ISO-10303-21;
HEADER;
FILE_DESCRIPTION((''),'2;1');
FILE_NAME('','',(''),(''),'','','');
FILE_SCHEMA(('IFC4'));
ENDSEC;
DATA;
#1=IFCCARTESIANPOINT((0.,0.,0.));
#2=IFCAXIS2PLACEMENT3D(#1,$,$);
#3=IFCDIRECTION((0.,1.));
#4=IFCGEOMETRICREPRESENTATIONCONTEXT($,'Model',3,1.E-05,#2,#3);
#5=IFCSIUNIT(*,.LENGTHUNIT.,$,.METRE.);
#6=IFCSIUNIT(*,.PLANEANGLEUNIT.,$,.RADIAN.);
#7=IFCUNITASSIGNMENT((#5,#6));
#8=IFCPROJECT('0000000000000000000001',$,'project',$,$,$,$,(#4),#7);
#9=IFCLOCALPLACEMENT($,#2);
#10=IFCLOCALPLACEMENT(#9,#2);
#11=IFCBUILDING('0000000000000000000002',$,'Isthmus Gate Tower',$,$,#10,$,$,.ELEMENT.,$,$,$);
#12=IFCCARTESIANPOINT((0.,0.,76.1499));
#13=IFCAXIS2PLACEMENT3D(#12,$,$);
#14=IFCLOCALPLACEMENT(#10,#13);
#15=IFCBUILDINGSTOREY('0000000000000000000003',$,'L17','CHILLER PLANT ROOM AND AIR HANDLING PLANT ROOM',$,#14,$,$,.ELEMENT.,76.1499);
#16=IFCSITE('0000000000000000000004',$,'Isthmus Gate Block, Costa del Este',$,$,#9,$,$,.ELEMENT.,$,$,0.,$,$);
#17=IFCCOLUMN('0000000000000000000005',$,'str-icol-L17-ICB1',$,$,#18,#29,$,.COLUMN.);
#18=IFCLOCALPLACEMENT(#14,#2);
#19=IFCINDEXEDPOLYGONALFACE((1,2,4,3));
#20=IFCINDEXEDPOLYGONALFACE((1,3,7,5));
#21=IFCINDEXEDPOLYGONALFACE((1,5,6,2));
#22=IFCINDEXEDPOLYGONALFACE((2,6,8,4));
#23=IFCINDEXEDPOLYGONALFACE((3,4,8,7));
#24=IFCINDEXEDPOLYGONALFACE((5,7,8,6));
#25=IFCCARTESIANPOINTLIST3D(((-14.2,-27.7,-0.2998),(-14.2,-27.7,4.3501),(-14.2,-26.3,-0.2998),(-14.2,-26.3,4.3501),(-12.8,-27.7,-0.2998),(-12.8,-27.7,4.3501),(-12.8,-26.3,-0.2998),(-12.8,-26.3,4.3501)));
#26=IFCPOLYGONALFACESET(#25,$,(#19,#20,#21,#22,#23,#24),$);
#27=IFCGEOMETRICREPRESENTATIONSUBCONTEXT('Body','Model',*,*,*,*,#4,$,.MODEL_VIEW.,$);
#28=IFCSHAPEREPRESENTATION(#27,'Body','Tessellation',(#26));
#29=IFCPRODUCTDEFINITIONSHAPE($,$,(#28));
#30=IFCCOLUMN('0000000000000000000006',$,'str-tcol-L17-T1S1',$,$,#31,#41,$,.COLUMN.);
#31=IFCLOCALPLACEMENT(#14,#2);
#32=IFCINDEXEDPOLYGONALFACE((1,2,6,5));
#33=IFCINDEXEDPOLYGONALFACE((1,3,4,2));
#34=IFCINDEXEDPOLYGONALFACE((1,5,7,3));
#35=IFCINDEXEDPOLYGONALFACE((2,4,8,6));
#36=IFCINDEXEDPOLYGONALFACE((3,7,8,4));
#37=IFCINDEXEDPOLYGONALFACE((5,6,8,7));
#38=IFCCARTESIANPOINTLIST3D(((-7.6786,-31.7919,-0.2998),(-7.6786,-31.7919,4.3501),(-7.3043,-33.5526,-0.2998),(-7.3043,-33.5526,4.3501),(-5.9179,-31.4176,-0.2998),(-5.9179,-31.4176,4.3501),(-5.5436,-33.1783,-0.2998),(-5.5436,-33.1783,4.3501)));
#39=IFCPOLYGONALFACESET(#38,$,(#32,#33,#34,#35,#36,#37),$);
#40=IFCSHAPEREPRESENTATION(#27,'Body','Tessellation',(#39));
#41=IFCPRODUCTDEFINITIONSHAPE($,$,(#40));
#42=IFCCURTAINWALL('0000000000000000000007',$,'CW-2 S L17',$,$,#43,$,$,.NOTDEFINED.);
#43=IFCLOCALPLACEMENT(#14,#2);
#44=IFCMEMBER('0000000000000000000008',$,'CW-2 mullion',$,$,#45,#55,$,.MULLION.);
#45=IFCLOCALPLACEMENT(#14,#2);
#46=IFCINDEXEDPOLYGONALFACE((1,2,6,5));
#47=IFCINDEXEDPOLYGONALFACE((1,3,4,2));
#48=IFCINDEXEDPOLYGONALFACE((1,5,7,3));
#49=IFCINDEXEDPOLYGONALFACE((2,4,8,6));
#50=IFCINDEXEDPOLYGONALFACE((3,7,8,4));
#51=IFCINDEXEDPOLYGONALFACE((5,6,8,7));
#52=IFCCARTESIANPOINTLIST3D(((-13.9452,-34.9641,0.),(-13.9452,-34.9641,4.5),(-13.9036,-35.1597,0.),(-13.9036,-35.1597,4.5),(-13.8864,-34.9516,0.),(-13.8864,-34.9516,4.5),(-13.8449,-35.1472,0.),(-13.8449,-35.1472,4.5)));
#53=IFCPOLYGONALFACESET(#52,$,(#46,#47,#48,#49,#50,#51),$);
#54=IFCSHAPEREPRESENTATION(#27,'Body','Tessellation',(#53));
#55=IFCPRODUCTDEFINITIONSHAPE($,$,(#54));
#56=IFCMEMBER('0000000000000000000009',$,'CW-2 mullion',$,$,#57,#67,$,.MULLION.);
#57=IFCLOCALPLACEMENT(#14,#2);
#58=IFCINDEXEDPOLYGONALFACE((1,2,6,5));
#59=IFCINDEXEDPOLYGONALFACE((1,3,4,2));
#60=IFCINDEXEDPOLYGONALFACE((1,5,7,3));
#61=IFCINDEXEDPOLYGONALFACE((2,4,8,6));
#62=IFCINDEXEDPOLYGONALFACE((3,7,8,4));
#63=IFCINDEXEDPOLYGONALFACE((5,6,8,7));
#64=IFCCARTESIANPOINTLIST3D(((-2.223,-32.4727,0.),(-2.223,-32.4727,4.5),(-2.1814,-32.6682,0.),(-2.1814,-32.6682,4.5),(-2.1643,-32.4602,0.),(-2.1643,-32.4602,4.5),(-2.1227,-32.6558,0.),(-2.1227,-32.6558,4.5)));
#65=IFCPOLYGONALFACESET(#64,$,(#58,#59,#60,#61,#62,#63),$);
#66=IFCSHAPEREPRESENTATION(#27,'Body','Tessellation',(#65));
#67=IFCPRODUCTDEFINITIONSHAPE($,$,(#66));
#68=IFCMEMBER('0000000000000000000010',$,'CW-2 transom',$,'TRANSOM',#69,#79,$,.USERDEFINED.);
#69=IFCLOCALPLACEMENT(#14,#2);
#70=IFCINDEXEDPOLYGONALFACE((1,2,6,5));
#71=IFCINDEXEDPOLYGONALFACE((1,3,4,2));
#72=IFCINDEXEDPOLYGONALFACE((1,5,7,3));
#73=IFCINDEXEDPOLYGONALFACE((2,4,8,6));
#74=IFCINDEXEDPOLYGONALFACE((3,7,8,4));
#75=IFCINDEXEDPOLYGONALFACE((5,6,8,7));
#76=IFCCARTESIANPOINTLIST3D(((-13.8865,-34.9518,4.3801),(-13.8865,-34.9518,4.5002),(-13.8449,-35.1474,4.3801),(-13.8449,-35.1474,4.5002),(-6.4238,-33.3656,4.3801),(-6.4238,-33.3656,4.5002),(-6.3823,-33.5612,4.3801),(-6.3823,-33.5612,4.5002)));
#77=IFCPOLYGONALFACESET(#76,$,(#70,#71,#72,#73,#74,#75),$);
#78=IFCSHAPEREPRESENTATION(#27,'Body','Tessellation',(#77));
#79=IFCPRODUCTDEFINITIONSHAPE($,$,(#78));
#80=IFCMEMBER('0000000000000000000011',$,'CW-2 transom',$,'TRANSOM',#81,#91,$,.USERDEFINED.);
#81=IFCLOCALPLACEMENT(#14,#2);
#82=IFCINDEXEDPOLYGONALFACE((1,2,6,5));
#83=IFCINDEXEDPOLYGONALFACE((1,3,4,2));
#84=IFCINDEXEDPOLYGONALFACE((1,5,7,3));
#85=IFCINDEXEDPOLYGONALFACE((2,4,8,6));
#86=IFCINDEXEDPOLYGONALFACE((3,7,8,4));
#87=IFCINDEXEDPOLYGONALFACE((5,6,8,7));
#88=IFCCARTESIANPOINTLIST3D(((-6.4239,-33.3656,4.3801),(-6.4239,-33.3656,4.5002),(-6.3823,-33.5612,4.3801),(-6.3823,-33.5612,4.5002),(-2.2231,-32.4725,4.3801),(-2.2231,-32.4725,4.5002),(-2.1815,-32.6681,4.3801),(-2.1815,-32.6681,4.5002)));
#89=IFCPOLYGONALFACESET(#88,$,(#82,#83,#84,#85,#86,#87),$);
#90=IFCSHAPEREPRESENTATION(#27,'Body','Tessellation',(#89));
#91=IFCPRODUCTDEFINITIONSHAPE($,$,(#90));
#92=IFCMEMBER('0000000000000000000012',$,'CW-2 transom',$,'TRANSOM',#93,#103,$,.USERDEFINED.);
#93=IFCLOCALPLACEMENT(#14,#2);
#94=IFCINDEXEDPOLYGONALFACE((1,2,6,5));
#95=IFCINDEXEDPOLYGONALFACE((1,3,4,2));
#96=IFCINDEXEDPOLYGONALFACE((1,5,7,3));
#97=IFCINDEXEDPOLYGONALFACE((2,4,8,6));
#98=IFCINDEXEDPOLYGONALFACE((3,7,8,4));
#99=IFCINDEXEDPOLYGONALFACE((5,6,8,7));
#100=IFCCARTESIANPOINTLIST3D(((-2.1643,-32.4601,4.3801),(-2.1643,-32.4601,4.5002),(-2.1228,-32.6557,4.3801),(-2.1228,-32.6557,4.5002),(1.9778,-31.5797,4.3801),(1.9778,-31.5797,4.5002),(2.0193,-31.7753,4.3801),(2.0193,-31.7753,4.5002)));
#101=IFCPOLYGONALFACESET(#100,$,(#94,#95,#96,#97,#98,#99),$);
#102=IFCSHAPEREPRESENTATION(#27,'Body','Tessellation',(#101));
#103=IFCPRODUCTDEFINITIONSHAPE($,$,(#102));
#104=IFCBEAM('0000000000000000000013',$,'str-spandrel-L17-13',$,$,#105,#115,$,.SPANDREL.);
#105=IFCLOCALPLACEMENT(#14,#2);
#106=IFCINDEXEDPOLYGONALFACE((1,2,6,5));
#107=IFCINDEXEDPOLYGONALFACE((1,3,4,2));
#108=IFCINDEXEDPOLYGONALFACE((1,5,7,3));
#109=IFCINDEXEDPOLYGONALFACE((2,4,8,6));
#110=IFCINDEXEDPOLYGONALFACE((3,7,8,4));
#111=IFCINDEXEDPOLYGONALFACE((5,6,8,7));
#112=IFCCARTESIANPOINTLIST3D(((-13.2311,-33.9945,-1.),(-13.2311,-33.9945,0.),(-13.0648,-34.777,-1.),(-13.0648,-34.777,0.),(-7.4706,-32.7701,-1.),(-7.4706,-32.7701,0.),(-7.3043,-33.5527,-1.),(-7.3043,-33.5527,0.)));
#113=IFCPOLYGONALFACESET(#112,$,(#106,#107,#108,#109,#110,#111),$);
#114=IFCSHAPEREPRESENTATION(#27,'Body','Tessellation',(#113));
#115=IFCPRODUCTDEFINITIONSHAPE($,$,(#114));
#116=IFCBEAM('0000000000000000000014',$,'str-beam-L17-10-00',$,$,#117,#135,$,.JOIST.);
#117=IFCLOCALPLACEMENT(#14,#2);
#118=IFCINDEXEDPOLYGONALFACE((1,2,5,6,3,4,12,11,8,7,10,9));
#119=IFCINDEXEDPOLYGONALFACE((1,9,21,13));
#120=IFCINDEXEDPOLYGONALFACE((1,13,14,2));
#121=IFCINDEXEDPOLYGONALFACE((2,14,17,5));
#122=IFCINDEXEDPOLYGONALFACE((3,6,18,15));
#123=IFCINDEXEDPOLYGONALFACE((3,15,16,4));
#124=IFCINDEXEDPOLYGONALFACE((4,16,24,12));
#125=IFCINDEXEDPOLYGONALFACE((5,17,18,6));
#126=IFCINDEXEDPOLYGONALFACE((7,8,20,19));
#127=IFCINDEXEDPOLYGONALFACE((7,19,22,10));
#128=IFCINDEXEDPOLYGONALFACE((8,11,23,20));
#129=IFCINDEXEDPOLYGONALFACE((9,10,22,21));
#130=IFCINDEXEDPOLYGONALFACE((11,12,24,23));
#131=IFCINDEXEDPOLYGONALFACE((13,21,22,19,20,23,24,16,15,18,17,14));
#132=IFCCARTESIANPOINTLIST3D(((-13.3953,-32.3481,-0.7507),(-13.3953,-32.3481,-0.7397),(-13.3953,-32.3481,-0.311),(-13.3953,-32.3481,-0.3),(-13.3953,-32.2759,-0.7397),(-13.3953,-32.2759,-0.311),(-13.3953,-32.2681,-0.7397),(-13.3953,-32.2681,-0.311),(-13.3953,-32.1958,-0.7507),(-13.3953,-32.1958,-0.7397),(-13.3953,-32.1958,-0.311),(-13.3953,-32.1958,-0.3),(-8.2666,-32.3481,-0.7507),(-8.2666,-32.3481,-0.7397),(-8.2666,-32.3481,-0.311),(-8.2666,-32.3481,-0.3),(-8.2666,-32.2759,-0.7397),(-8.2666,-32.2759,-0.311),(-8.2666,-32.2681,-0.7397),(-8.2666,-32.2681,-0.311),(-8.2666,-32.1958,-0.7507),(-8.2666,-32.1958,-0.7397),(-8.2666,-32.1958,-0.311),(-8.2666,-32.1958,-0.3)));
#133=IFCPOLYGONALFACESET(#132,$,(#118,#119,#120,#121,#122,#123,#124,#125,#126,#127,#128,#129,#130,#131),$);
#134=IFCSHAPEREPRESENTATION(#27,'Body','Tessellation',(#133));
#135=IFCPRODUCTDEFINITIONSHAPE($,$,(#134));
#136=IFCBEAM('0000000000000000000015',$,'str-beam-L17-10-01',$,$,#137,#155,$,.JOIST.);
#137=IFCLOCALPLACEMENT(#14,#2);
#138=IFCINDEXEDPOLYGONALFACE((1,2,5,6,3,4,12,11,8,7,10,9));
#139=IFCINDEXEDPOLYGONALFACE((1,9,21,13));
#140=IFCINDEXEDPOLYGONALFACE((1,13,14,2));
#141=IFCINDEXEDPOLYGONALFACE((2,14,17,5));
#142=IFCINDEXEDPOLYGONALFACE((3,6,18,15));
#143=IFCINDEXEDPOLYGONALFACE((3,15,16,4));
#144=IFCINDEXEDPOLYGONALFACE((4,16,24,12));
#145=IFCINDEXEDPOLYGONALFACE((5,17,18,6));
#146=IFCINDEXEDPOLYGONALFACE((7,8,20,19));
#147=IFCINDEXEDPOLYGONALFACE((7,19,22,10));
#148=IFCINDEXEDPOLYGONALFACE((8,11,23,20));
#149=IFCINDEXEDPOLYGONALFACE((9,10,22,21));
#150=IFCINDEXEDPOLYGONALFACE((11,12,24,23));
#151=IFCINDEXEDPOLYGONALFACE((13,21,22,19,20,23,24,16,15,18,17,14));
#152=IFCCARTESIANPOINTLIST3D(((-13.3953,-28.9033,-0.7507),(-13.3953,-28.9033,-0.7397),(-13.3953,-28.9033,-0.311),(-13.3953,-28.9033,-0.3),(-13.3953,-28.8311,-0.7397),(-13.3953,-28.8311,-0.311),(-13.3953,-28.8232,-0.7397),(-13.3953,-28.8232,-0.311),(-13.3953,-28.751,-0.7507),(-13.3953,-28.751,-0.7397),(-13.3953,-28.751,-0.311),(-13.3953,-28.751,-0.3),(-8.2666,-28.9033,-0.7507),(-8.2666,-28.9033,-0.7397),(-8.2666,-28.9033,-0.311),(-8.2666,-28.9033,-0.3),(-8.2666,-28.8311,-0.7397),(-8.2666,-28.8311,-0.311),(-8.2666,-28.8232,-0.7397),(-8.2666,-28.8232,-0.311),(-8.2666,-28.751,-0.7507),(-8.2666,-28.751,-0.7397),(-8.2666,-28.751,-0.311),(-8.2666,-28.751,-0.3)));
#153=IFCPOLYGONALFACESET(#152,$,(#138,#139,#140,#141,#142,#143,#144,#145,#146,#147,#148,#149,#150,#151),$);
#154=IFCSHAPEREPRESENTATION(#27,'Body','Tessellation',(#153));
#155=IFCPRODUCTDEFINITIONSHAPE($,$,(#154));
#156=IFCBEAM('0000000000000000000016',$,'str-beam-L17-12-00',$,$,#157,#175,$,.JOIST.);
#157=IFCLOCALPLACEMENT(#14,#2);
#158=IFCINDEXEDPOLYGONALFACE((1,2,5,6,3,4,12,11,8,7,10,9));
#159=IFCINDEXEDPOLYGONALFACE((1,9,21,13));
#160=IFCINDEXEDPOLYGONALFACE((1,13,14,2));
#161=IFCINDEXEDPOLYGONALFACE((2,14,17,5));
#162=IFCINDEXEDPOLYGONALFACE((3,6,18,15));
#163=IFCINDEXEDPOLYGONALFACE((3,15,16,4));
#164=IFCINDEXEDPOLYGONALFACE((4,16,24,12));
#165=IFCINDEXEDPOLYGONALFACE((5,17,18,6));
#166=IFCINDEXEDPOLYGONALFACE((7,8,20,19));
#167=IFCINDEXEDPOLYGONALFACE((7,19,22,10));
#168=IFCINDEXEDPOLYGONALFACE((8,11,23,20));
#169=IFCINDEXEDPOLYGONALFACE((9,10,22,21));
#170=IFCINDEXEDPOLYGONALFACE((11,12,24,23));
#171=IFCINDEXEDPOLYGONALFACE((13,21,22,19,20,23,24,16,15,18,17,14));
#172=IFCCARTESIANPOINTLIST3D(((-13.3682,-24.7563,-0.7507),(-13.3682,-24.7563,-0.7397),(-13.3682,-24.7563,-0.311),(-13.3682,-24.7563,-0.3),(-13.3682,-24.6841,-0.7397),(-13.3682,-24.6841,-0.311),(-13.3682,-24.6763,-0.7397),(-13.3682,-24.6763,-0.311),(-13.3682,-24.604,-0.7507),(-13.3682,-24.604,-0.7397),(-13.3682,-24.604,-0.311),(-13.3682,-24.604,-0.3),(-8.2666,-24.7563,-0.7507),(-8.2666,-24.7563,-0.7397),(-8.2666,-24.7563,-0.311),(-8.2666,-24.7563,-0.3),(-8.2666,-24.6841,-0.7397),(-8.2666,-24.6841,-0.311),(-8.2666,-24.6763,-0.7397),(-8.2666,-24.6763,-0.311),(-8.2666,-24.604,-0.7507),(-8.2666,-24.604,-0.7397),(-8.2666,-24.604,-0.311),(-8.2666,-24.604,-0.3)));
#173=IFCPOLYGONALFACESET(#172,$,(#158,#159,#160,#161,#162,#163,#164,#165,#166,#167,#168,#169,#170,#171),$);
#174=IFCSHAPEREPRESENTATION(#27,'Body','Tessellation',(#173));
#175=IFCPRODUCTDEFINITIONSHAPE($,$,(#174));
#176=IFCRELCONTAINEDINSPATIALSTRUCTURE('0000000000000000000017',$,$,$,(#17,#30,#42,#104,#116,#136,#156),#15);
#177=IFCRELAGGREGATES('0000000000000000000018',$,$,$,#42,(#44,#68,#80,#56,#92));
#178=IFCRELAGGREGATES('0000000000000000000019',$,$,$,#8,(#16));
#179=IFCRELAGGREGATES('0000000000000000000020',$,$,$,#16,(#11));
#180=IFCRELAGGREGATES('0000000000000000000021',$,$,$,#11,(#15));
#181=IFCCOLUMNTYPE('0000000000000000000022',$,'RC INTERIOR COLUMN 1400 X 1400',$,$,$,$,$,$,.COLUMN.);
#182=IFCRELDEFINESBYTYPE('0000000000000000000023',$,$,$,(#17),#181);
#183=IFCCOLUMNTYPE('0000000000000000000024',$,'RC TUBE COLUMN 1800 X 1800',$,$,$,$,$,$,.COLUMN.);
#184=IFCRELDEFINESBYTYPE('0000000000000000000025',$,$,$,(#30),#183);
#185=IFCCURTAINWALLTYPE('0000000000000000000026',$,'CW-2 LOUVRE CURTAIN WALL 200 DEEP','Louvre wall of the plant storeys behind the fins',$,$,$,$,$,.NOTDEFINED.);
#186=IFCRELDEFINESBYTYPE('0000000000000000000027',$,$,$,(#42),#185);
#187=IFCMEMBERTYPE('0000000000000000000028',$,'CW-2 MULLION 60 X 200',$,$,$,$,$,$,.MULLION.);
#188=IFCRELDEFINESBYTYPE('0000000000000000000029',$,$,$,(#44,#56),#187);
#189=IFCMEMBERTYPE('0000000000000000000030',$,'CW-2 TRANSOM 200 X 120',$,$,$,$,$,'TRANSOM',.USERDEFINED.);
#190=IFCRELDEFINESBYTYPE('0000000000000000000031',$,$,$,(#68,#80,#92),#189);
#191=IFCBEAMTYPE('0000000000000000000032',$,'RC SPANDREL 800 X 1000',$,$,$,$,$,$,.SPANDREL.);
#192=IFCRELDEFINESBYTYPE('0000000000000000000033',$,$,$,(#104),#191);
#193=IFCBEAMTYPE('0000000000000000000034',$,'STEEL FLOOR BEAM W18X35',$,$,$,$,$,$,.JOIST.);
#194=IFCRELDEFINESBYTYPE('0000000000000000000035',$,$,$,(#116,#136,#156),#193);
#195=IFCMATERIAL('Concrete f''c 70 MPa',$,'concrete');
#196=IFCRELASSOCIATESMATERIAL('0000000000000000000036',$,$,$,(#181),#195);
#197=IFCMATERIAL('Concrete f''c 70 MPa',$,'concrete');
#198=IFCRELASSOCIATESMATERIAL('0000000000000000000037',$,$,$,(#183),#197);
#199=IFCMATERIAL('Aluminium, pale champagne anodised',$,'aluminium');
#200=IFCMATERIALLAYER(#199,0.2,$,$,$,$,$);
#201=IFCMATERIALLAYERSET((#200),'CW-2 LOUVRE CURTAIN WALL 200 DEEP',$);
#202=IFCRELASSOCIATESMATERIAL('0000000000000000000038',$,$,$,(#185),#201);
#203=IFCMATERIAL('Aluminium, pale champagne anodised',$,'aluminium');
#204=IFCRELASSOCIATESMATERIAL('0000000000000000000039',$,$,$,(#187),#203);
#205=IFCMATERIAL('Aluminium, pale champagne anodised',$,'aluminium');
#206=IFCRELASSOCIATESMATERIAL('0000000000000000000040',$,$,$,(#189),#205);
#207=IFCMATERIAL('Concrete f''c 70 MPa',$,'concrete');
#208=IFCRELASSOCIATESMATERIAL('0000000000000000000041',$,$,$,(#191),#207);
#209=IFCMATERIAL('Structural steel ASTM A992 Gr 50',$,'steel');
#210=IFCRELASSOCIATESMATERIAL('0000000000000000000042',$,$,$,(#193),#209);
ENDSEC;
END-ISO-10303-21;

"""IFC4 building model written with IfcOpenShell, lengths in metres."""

from ifc_helpers import new_model, si_unit, direction, frame, origin, origin_2d, place, context, subcontext, project, spatial, rectangle, i_section, extrude, material, layer, layer_set, material_profile, profile_set, type_object, element, aggregate, save


model = new_model("IFC4")

# Units and contexts
model_context = context("Model", 3, precision=1e-05, world=origin(), true_north=direction((0.0, 1.0)))
body_context = subcontext(model_context, "Body", "Model", "MODEL_VIEW")
ifc_project = project(units=[si_unit("LENGTHUNIT", "METRE"), si_unit("PLANEANGLEUNIT", "RADIAN")], contexts=[model_context])

# Site, building, storey
site_placement = place(None, origin())
site = spatial("IfcSite", under=ifc_project, at=site_placement, Name="Isthmus Gate Block, Costa del Este", CompositionType="ELEMENT", RefElevation=0.0)
building_placement = place(site_placement, origin())
building = spatial("IfcBuilding", under=site, at=building_placement, Name="Isthmus Gate Tower", CompositionType="ELEMENT")
storey_placement = place(building_placement, frame((0.0, 0.0, 76.1499)))
storey = spatial("IfcBuildingStorey", under=building, at=storey_placement, Name="L17", Description="CHILLER PLANT ROOM AND AIR HANDLING PLANT ROOM", CompositionType="ELEMENT", Elevation=76.1499)

# Columns
ifc_material_1 = material(Name="Concrete f'c 70 MPa", Category="concrete")
ifc_material_profile_1 = material_profile(ifc_material_1, rectangle(XDim=1.3999, YDim=1.3999, at=origin_2d()), Name="RC 1400X1400")
ifc_profile_set_1 = profile_set([ifc_material_profile_1], Name="Concrete f'c 70 MPa")
column_type_1 = type_object("IfcColumnType", Name="RC INTERIOR COLUMN 1400 X 1400", PredefinedType="COLUMN", material=ifc_profile_set_1)
column_1_placement = place(storey_placement, frame((-13.5, -27.0, -0.2998), z_axis=(0.0, 0.0, 1.0), x_axis=(1.0, 0.0, 0.0)))
element("IfcColumn", 1, at=column_1_placement, inside=storey, type_object=column_type_1, Name="str-icol-L17-ICB1", PredefinedType="COLUMN", context=body_context, shape_type="SweptSolid", body=[
    extrude(rectangle(XDim=1.3999, YDim=1.3999, at=origin_2d()), origin(), (0.0, 0.0, 1.0), 4.6499),
])
ifc_material_2 = material(Name="Concrete f'c 70 MPa", Category="concrete")
ifc_material_profile_2 = material_profile(ifc_material_2, rectangle(XDim=1.8, YDim=1.8, at=origin_2d()), Name="RC 1800X1800")
ifc_profile_set_2 = profile_set([ifc_material_profile_2], Name="Concrete f'c 70 MPa")
column_type_2 = type_object("IfcColumnType", Name="RC TUBE COLUMN 1800 X 1800", PredefinedType="COLUMN", material=ifc_profile_set_2)
column_2_placement = place(storey_placement, frame((-6.6111, -32.4851, -0.2998), z_axis=(0.0, 0.0, 1.0), x_axis=(0.978148, 0.207912, 0.0)))
element("IfcColumn", 2, at=column_2_placement, inside=storey, type_object=column_type_2, Name="str-tcol-L17-T1S1", PredefinedType="COLUMN", context=body_context, shape_type="SweptSolid", body=[
    extrude(rectangle(XDim=1.8, YDim=1.8, at=origin_2d()), origin(), (0.0, 0.0, 1.0), 4.6499),
])

# Curtain wall, members
ifc_material_3 = material(Name="Aluminium, pale champagne anodised", Category="aluminium")
ifc_layer_1 = layer(ifc_material_3, 0.2)
ifc_layer_set_1 = layer_set([ifc_layer_1], Name="CW-2 LOUVRE CURTAIN WALL 200 DEEP")
curtain_wall_type = type_object("IfcCurtainWallType", Name="CW-2 LOUVRE CURTAIN WALL 200 DEEP", Description="Louvre wall of the plant storeys behind the fins", PredefinedType="NOTDEFINED", material=ifc_layer_set_1)
curtain_wall_placement = place(storey_placement, origin())
curtain_wall = element("IfcCurtainWall", 3, at=curtain_wall_placement, inside=storey, type_object=curtain_wall_type, Name="CW-2 S L17", PredefinedType="NOTDEFINED")
ifc_material_4 = material(Name="Aluminium, pale champagne anodised", Category="aluminium")
ifc_material_profile_3 = material_profile(ifc_material_4, rectangle(XDim=0.0601, YDim=0.2, at=origin_2d()), Name="60x200")
ifc_profile_set_3 = profile_set([ifc_material_profile_3], Name="Aluminium, pale champagne anodised")
member_type_1 = type_object("IfcMemberType", Name="CW-2 MULLION 60 X 200", PredefinedType="MULLION", material=ifc_profile_set_3)
member_1_placement = place(storey_placement, frame((-13.895, -35.0557, 0.0), z_axis=(0.0, 0.0, 1.0), x_axis=(0.978148, 0.207912, 0.0)))
member_1 = element("IfcMember", 4, at=member_1_placement, type_object=member_type_1, Name="CW-2 mullion", PredefinedType="MULLION", context=body_context, shape_type="SweptSolid", body=[
    extrude(rectangle(XDim=0.0601, YDim=0.2, at=origin_2d()), origin(), (0.0, 0.0, 1.0), 4.5),
])
member_2_placement = place(storey_placement, frame((-2.1729, -32.5642, 0.0), z_axis=(0.0, 0.0, 1.0), x_axis=(0.978148, 0.207912, 0.0)))
member_2 = element("IfcMember", 5, at=member_2_placement, type_object=member_type_1, Name="CW-2 mullion", PredefinedType="MULLION", context=body_context, shape_type="SweptSolid", body=[
    extrude(rectangle(XDim=0.0601, YDim=0.2, at=origin_2d()), origin(), (0.0, 0.0, 1.0), 4.5),
])
ifc_material_5 = material(Name="Aluminium, pale champagne anodised", Category="aluminium")
ifc_material_profile_4 = material_profile(ifc_material_5, rectangle(XDim=0.2, YDim=0.1201, at=origin_2d()), Name="200x120")
ifc_profile_set_4 = profile_set([ifc_material_profile_4], Name="Aluminium, pale champagne anodised")
member_type_2 = type_object("IfcMemberType", Name="CW-2 TRANSOM 200 X 120", ElementType="TRANSOM", PredefinedType="USERDEFINED", material=ifc_profile_set_4)
member_3_placement = place(storey_placement, frame((-13.8657, -35.0496, 4.4402), z_axis=(0.978149, 0.207905, 0.0), x_axis=(-0.207905, 0.978149, 0.0)))
member_3 = element("IfcMember", 6, at=member_3_placement, type_object=member_type_2, Name="CW-2 transom", ObjectType="TRANSOM", PredefinedType="USERDEFINED", context=body_context, shape_type="SweptSolid", body=[
    extrude(rectangle(XDim=0.2, YDim=0.1201, at=origin_2d()), origin(), (0.0, 0.0, 1.0), 7.6294),
])
member_4_placement = place(storey_placement, frame((-6.4031, -33.4634, 4.4402), z_axis=(0.978139, 0.207953, 0.0), x_axis=(-0.207953, 0.978139, 0.0)))
member_4 = element("IfcMember", 7, at=member_4_placement, type_object=member_type_2, Name="CW-2 transom", ObjectType="TRANSOM", PredefinedType="USERDEFINED", context=body_context, shape_type="SweptSolid", body=[
    extrude(rectangle(XDim=0.2, YDim=0.1201, at=origin_2d()), origin(), (0.0, 0.0, 1.0), 4.2947),
])
member_5_placement = place(storey_placement, frame((-2.1436, -32.5579, 4.4402), z_axis=(0.97815, 0.207899, 0.0), x_axis=(-0.207899, 0.97815, 0.0)))
member_5 = element("IfcMember", 8, at=member_5_placement, type_object=member_type_2, Name="CW-2 transom", ObjectType="TRANSOM", PredefinedType="USERDEFINED", context=body_context, shape_type="SweptSolid", body=[
    extrude(rectangle(XDim=0.2, YDim=0.1201, at=origin_2d()), origin(), (0.0, 0.0, 1.0), 4.2346),
])

# Beams
ifc_material_6 = material(Name="Concrete f'c 70 MPa", Category="concrete")
ifc_material_profile_5 = material_profile(ifc_material_6, rectangle(XDim=0.8, YDim=1.0, at=origin_2d()), Name="RC 800X1000")
ifc_profile_set_5 = profile_set([ifc_material_profile_5], Name="Concrete f'c 70 MPa")
beam_type_1 = type_object("IfcBeamType", Name="RC SPANDREL 800 X 1000", PredefinedType="SPANDREL", material=ifc_profile_set_5)
beam_1_placement = place(storey_placement, frame((-7.3875, -33.1614, -0.5), z_axis=(-0.97815, -0.207901, 0.0), x_axis=(0.207901, -0.97815, 0.0)))
element("IfcBeam", 9, at=beam_1_placement, inside=storey, type_object=beam_type_1, Name="str-spandrel-L17-13", PredefinedType="SPANDREL", context=body_context, shape_type="SweptSolid", body=[
    extrude(rectangle(XDim=0.8, YDim=1.0, at=origin_2d()), origin(), (0.0, 0.0, 1.0), 5.8892),
])
ifc_material_7 = material(Name="Structural steel ASTM A992 Gr 50", Category="steel")
ifc_material_profile_6 = material_profile(ifc_material_7, i_section(OverallWidth=0.1523, OverallDepth=0.4507, WebThickness=0.0078, FlangeThickness=0.011, at=origin_2d()), Name="W18X35")
ifc_profile_set_6 = profile_set([ifc_material_profile_6], Name="Structural steel ASTM A992 Gr 50")
beam_type_2 = type_object("IfcBeamType", Name="STEEL FLOOR BEAM W18X35", PredefinedType="JOIST", material=ifc_profile_set_6)
for number, where, z_axis, x_axis, name in (
    (10, (-13.3953, -32.272, -0.5254), (1.0, 0.0, 0.0), (0.0, 1.0, 0.0), "str-beam-L17-10-00"),
    (11, (-13.3953, -28.8271, -0.5254), (1.0, 0.0, 0.0), (0.0, 1.0, 0.0), "str-beam-L17-10-01"),
):
    element("IfcBeam", number, at=place(storey_placement, frame(where, z_axis=z_axis, x_axis=x_axis)), inside=storey, type_object=beam_type_2, Name=name, PredefinedType="JOIST", context=body_context, shape_type="SweptSolid", body=[
        extrude(i_section(OverallWidth=0.1523, OverallDepth=0.4507, WebThickness=0.0078, FlangeThickness=0.011, at=origin_2d()), origin(), (0.0, 0.0, 1.0), 5.1287),
    ])
for number, where, z_axis, x_axis, name in (
    (12, (-13.3682, -24.6802, -0.5254), (1.0, 0.0, 0.0), (0.0, 1.0, 0.0), "str-beam-L17-12-00"),
):
    element("IfcBeam", number, at=place(storey_placement, frame(where, z_axis=z_axis, x_axis=x_axis)), inside=storey, type_object=beam_type_2, Name=name, PredefinedType="JOIST", context=body_context, shape_type="SweptSolid", body=[
        extrude(i_section(OverallWidth=0.1523, OverallDepth=0.4507, WebThickness=0.0078, FlangeThickness=0.011, at=origin_2d()), origin(), (0.0, 0.0, 1.0), 5.1016),
    ])

aggregate(curtain_wall, [member_1, member_3, member_4, member_2, member_5])

save(model, "model.ifc")
